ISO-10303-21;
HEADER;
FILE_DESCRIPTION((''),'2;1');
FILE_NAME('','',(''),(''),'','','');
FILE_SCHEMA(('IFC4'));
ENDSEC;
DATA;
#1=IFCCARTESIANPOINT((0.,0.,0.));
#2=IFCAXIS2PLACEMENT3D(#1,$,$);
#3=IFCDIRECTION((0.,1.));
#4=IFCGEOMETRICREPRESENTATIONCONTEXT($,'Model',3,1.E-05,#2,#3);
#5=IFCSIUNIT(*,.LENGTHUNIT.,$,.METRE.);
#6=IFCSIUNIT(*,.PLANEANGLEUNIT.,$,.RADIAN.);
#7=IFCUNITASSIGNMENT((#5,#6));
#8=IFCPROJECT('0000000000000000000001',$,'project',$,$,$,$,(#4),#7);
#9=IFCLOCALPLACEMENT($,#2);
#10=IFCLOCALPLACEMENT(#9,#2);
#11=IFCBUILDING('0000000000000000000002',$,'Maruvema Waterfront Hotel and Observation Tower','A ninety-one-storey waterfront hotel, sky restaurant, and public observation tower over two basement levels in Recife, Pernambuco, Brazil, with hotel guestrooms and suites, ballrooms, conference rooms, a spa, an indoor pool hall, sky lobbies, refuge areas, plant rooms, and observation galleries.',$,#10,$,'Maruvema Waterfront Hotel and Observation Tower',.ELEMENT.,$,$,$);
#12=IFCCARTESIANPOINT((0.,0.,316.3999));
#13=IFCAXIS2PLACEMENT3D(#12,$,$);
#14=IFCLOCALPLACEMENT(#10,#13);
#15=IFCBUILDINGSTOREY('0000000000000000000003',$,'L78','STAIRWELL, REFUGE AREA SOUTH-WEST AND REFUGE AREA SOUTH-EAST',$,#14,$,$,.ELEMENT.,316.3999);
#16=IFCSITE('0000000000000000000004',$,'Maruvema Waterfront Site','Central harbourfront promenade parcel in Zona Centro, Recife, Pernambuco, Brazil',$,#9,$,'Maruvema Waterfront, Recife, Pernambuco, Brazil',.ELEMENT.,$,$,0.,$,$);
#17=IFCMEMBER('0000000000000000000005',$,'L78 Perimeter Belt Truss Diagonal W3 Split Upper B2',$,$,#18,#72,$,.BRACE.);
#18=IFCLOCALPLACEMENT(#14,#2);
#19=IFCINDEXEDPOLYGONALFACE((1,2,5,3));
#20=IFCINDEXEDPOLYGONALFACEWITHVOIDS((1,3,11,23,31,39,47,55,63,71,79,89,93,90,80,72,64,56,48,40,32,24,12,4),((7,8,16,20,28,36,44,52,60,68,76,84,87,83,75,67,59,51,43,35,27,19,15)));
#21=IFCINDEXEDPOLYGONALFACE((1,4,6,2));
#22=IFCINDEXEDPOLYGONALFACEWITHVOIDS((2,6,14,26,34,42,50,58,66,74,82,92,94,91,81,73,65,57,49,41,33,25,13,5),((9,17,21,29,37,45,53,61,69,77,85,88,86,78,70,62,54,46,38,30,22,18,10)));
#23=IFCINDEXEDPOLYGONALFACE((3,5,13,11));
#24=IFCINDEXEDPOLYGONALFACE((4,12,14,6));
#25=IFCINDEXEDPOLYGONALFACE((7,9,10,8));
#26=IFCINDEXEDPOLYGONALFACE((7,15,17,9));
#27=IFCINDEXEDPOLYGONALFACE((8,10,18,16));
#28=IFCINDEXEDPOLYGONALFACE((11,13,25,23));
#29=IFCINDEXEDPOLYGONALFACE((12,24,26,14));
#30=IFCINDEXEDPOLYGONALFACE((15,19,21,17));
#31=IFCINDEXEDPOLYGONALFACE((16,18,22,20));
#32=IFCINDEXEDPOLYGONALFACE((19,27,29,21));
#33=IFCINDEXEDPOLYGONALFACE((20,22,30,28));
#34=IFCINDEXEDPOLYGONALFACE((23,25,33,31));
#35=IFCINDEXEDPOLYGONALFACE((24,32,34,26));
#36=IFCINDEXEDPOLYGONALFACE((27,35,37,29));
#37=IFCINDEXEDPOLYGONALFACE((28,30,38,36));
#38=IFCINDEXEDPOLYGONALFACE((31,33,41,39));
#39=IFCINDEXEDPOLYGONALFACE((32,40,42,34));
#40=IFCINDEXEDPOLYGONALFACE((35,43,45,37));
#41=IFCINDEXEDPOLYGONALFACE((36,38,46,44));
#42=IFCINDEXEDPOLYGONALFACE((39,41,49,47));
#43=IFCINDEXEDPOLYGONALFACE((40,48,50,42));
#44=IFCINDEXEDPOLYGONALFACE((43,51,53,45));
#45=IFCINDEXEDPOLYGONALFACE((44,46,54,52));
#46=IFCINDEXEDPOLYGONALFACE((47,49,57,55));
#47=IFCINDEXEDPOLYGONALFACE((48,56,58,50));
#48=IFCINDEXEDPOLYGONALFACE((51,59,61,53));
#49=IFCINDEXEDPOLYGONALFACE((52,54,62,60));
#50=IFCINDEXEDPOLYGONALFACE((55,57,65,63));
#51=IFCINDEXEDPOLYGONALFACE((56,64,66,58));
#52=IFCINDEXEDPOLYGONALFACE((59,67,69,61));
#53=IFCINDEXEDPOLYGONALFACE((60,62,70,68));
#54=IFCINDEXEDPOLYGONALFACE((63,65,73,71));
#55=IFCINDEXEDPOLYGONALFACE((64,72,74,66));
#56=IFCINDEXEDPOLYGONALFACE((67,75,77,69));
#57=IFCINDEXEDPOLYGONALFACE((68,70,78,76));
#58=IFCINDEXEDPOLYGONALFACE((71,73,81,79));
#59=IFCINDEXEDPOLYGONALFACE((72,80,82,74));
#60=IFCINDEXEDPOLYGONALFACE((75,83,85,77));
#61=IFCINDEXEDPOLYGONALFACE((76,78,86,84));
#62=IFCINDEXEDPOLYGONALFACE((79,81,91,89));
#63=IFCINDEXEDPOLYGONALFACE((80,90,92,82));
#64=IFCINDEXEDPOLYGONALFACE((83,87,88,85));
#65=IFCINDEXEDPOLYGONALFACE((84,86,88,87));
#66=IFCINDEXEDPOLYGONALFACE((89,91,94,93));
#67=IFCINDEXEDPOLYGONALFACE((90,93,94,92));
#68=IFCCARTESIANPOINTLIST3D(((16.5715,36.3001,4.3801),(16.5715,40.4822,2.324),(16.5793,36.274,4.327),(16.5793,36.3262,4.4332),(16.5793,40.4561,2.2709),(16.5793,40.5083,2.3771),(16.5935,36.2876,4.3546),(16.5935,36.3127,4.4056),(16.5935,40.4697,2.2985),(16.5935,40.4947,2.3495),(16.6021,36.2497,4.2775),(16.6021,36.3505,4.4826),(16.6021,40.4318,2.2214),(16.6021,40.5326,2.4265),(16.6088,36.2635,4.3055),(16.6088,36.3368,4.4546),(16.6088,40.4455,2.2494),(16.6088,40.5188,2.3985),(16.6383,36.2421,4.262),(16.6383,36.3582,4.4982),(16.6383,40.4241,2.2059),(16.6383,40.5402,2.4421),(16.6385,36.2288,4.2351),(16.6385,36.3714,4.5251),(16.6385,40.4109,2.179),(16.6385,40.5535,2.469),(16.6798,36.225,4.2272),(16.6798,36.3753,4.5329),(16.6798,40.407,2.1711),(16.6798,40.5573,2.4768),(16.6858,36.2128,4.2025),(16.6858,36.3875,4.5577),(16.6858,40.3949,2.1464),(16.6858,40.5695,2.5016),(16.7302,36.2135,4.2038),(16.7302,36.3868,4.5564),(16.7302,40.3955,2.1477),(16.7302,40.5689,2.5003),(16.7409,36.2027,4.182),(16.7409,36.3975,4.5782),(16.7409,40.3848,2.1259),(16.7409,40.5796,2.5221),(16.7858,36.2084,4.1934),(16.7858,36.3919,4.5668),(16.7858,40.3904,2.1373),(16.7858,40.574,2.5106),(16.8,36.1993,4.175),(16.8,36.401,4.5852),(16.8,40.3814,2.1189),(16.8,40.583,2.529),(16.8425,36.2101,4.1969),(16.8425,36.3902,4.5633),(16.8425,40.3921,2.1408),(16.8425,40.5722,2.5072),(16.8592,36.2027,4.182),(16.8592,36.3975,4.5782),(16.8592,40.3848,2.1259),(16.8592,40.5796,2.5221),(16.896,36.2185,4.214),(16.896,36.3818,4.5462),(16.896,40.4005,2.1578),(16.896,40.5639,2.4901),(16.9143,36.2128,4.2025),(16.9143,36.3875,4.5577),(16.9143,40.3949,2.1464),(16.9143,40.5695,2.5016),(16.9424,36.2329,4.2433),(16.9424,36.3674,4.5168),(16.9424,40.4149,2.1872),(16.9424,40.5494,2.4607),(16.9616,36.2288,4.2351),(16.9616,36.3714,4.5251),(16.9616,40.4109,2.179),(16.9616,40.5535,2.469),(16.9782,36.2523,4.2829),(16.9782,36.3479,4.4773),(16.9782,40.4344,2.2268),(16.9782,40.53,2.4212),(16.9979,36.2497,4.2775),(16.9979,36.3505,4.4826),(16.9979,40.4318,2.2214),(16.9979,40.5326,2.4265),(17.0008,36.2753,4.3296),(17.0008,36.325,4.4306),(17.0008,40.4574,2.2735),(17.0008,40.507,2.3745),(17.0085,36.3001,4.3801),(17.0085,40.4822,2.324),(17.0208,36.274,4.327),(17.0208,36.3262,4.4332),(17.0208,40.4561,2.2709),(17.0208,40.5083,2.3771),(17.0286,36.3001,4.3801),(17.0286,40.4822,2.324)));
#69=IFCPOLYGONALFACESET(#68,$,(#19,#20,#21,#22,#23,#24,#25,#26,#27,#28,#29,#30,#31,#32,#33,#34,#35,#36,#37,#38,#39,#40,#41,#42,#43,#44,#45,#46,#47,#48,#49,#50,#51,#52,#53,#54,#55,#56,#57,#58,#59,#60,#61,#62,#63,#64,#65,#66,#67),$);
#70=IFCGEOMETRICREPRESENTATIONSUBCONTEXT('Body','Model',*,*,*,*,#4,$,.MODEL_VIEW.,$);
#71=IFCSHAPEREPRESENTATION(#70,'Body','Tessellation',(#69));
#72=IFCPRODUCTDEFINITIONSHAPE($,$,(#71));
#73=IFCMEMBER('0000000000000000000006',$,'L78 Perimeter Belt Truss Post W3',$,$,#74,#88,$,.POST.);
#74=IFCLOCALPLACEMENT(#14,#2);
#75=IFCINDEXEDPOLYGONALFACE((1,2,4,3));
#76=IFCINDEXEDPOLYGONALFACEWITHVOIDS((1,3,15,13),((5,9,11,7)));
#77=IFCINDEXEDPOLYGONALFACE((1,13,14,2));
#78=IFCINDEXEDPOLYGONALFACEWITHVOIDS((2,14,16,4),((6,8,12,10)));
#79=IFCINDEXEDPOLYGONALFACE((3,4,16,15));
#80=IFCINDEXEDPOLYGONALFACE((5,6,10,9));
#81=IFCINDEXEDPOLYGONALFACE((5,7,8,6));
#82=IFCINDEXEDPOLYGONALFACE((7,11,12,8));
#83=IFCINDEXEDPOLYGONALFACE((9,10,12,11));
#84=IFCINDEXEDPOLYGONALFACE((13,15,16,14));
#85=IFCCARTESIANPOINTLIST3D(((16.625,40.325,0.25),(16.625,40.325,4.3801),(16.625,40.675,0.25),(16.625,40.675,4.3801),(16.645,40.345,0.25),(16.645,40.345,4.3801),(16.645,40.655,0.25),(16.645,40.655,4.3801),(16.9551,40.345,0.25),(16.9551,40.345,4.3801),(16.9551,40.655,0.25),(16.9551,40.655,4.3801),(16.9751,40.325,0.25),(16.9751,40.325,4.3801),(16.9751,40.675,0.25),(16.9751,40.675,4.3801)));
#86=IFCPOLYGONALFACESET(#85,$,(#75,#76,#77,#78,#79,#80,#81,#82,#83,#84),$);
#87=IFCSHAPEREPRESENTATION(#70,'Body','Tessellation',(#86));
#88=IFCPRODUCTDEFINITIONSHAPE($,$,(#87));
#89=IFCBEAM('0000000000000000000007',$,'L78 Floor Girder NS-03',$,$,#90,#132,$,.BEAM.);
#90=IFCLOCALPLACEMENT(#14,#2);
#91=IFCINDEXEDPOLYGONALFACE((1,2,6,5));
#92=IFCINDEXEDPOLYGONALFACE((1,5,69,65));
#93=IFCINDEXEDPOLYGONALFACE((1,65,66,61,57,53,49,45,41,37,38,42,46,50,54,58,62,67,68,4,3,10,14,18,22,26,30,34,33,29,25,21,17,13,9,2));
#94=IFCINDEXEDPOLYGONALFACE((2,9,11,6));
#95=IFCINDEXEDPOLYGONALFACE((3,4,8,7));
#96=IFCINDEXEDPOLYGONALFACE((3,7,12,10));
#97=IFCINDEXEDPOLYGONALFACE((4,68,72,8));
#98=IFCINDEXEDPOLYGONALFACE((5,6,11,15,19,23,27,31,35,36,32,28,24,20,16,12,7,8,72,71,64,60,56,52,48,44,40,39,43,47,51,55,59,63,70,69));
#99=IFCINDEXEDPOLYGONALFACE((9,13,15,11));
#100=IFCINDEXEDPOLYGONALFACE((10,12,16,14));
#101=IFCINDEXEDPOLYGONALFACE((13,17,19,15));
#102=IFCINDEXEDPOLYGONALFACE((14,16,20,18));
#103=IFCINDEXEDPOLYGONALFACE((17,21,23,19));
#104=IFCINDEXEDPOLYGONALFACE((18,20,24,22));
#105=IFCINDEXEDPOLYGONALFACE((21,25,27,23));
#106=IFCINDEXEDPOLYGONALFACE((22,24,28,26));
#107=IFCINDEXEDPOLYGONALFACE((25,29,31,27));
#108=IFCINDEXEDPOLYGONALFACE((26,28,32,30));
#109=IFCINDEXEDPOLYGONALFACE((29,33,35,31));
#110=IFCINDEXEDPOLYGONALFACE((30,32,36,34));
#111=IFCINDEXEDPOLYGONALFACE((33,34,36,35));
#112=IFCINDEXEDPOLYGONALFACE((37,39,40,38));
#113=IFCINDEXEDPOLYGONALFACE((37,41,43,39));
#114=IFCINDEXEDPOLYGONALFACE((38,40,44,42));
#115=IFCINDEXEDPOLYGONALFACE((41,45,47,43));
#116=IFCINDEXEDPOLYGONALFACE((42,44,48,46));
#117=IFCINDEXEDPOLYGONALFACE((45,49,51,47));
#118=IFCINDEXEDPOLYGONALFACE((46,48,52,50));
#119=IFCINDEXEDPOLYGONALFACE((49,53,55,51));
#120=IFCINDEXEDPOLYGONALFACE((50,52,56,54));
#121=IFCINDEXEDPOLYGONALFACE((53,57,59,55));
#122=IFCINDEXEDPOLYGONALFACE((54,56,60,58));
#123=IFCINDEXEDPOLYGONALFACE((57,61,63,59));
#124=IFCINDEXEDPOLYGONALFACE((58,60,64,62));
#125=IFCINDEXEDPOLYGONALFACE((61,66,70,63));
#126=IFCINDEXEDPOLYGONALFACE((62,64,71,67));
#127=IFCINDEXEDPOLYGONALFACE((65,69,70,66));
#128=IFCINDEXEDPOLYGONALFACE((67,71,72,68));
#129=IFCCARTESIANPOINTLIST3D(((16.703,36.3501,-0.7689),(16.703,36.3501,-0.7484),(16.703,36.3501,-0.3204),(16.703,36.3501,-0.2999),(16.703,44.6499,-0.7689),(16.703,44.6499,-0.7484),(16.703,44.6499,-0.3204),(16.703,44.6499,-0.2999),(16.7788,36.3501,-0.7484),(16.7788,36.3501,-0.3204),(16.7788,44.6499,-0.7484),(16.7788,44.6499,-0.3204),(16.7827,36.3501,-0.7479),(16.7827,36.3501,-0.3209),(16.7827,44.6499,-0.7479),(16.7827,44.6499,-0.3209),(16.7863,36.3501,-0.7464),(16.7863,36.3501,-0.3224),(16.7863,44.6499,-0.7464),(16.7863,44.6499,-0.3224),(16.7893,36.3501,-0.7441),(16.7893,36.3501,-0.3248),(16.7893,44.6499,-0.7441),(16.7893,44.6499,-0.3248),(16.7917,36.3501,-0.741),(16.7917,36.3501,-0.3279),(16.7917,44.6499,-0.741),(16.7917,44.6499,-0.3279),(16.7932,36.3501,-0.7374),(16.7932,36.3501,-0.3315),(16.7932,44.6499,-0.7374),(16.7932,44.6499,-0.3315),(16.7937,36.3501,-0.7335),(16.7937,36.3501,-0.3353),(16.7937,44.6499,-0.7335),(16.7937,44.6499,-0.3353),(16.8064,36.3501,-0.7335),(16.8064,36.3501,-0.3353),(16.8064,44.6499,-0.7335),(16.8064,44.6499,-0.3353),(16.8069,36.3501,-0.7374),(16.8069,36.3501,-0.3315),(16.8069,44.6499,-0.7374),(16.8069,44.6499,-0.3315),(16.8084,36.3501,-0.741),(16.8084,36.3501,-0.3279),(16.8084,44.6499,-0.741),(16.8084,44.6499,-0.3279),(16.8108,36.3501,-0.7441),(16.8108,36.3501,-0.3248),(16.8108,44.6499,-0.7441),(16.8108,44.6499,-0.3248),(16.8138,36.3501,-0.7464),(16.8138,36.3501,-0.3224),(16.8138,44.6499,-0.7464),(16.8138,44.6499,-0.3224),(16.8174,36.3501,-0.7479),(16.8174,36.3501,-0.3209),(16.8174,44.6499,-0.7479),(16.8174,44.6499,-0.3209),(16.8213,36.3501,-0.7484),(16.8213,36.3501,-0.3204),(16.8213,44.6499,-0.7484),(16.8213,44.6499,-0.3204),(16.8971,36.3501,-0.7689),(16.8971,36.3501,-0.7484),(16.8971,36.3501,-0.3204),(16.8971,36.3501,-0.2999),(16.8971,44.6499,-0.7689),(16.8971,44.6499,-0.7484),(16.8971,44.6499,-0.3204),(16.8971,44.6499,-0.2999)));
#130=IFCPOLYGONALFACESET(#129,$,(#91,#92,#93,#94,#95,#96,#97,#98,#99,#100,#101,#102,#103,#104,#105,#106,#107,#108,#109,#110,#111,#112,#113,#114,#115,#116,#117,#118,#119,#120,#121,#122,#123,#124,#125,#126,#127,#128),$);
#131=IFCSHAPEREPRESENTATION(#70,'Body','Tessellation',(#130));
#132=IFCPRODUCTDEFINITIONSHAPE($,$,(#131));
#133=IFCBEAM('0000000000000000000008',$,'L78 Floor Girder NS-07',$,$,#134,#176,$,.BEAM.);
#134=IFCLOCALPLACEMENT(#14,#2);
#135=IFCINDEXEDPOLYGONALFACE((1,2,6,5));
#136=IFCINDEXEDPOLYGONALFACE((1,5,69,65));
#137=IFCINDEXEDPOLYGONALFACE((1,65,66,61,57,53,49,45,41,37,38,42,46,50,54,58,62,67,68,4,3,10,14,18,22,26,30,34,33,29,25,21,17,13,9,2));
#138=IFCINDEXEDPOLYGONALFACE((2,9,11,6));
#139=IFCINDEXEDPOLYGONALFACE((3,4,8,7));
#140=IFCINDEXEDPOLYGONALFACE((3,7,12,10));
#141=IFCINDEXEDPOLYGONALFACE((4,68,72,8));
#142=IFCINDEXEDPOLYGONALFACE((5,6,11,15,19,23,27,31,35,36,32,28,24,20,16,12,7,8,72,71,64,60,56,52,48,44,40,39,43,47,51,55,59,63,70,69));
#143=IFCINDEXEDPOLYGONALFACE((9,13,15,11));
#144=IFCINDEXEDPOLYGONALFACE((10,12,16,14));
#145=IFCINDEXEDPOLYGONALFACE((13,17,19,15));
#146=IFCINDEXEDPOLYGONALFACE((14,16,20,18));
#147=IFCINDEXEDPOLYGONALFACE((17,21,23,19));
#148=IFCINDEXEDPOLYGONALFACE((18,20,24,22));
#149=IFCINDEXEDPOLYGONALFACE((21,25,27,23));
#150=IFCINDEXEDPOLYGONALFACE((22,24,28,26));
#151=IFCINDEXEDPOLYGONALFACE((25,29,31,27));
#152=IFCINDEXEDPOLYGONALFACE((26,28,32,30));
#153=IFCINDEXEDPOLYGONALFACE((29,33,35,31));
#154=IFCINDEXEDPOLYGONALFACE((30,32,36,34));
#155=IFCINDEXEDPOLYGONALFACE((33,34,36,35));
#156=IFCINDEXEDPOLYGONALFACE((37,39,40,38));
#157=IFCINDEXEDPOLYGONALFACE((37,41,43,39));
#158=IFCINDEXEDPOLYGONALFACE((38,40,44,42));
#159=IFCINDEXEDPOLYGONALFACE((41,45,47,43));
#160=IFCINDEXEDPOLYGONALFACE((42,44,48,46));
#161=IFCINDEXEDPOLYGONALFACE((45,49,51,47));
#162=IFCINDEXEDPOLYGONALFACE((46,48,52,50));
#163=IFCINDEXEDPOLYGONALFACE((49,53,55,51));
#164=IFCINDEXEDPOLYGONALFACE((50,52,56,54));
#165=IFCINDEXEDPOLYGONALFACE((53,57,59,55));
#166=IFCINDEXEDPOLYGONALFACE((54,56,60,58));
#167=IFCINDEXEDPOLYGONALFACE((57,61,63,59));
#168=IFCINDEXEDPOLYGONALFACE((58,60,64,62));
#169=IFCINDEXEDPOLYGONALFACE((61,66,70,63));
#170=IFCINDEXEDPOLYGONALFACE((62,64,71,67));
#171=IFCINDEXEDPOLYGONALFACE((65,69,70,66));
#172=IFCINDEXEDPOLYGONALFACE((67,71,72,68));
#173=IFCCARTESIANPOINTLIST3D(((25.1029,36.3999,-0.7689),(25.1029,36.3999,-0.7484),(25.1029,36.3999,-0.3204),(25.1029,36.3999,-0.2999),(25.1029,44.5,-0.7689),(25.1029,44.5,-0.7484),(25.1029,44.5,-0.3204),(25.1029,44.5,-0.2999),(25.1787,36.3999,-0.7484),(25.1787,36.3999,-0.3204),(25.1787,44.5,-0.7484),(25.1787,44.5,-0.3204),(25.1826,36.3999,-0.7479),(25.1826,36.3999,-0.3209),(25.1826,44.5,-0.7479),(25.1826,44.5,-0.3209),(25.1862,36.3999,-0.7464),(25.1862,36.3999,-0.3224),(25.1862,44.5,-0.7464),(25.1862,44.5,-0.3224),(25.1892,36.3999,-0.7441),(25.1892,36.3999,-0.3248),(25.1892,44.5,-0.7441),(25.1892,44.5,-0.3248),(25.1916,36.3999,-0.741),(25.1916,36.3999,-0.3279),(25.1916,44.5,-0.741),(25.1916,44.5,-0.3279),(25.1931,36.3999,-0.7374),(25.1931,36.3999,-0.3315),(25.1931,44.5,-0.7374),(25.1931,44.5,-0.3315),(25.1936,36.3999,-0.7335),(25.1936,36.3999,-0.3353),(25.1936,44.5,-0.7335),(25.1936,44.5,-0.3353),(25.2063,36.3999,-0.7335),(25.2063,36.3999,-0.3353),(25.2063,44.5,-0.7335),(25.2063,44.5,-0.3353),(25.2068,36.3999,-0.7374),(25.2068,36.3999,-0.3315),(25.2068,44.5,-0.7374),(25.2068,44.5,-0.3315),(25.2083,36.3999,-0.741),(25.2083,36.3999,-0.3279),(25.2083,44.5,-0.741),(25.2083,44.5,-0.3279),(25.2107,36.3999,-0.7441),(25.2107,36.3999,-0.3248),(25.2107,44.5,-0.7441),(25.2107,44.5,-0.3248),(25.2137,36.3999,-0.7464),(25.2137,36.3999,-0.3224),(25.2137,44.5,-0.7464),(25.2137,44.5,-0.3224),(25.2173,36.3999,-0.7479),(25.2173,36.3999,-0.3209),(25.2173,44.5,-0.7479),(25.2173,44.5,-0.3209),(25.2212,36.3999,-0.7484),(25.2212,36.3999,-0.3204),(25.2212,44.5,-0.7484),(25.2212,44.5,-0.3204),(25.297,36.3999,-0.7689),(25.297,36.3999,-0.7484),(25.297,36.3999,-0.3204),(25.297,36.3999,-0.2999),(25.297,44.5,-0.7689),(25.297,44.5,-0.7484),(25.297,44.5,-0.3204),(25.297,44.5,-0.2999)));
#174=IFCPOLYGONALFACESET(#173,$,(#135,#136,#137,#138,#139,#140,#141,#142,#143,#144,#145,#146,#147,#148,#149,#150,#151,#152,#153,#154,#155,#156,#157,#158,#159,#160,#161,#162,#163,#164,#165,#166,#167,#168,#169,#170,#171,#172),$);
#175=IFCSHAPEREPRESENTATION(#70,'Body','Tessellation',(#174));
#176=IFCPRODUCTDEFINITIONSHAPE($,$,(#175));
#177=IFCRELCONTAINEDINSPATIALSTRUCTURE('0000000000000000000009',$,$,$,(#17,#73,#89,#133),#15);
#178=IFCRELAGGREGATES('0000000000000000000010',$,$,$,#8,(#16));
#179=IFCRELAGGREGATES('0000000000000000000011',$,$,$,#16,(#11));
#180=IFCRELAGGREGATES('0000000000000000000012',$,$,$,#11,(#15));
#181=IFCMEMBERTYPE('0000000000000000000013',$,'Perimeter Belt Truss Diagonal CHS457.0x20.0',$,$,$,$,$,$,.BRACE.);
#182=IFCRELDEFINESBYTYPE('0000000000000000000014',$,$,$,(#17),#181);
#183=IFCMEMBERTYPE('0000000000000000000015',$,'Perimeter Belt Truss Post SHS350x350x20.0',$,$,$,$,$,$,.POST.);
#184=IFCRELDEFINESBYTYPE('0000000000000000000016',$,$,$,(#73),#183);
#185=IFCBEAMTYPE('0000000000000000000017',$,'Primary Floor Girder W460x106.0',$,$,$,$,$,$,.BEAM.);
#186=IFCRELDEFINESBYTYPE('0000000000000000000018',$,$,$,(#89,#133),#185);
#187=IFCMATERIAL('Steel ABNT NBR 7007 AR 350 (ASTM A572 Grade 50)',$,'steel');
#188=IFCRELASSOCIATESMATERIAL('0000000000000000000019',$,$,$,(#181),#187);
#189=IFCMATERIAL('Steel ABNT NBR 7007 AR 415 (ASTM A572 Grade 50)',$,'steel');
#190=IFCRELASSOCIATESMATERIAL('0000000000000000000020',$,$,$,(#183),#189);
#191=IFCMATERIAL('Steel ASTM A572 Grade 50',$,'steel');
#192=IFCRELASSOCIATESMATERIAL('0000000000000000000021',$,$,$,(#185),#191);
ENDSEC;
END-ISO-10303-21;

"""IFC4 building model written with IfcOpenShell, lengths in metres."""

from ifc_helpers import new_model, si_unit, direction, frame, origin, origin_2d, place, context, subcontext, project, spatial, hollow_rectangle, hollow_circle, i_section, extrude, material, material_profile, profile_set, type_object, element, save


model = new_model("IFC4")

# Units and contexts
model_context = context("Model", 3, precision=1e-05, world=origin(), true_north=direction((0.0, 1.0)))
body_context = subcontext(model_context, "Body", "Model", "MODEL_VIEW")
ifc_project = project(units=[si_unit("LENGTHUNIT", "METRE"), si_unit("PLANEANGLEUNIT", "RADIAN")], contexts=[model_context])

# Site, building, storey
site_placement = place(None, origin())
site = spatial("IfcSite", under=ifc_project, at=site_placement, Name="Maruvema Waterfront Site", Description="Central harbourfront promenade parcel in Zona Centro, Recife, Pernambuco, Brazil", LongName="Maruvema Waterfront, Recife, Pernambuco, Brazil", CompositionType="ELEMENT", RefElevation=0.0)
building_placement = place(site_placement, origin())
building = spatial("IfcBuilding", under=site, at=building_placement, Name="Maruvema Waterfront Hotel and Observation Tower", Description="A ninety-one-storey waterfront hotel, sky restaurant, and public observation tower over two basement levels in Recife, Pernambuco, Brazil, with hotel guestrooms and suites, ballrooms, conference rooms, a spa, an indoor pool hall, sky lobbies, refuge areas, plant rooms, and observation galleries.", LongName="Maruvema Waterfront Hotel and Observation Tower", CompositionType="ELEMENT")
storey_placement = place(building_placement, frame((0.0, 0.0, 316.3999)))
storey = spatial("IfcBuildingStorey", under=building, at=storey_placement, Name="L78", Description="STAIRWELL, REFUGE AREA SOUTH-WEST AND REFUGE AREA SOUTH-EAST", CompositionType="ELEMENT", Elevation=316.3999)

# Members
ifc_material_1 = material(Name="Steel ABNT NBR 7007 AR 350 (ASTM A572 Grade 50)", Category="steel")
ifc_material_profile_1 = material_profile(ifc_material_1, hollow_circle(Radius=0.2285, WallThickness=0.02, at=origin_2d()), Name="CHS457.0x20.0")
ifc_profile_set_1 = profile_set([ifc_material_profile_1], Name="Steel ABNT NBR 7007 AR 350 (ASTM A572 Grade 50)")
member_type_1 = type_object("IfcMemberType", Name="Perimeter Belt Truss Diagonal CHS457.0x20.0", PredefinedType="BRACE", material=ifc_profile_set_1)
member_1_placement = place(storey_placement, frame((16.8, 40.4822, 2.324), z_axis=(0.0, -0.897404, 0.44121), x_axis=(1.0, 0.0, 0.0)))
element("IfcMember", 1, at=member_1_placement, inside=storey, type_object=member_type_1, Name="L78 Perimeter Belt Truss Diagonal W3 Split Upper B2", PredefinedType="BRACE", context=body_context, shape_type="SweptSolid", body=[
    extrude(hollow_circle(Radius=0.2285, WallThickness=0.02, at=origin_2d()), origin(), (0.0, 0.0, 1.0), 4.6602),
])
ifc_material_2 = material(Name="Steel ABNT NBR 7007 AR 415 (ASTM A572 Grade 50)", Category="steel")
ifc_material_profile_2 = material_profile(ifc_material_2, hollow_rectangle(XDim=0.3501, YDim=0.3501, WallThickness=0.02, at=origin_2d()), Name="SHS350x350x20.0")
ifc_profile_set_2 = profile_set([ifc_material_profile_2], Name="Steel ABNT NBR 7007 AR 415 (ASTM A572 Grade 50)")
member_type_2 = type_object("IfcMemberType", Name="Perimeter Belt Truss Post SHS350x350x20.0", PredefinedType="POST", material=ifc_profile_set_2)
member_2_placement = place(storey_placement, frame((16.8, 40.5, 0.25), z_axis=(0.0, 0.0, 1.0), x_axis=(1.0, 0.0, 0.0)))
element("IfcMember", 2, at=member_2_placement, inside=storey, type_object=member_type_2, Name="L78 Perimeter Belt Truss Post W3", PredefinedType="POST", context=body_context, shape_type="SweptSolid", body=[
    extrude(hollow_rectangle(XDim=0.3501, YDim=0.3501, WallThickness=0.02, at=origin_2d()), origin(), (0.0, 0.0, 1.0), 4.1301),
])

# Beams
ifc_material_3 = material(Name="Steel ASTM A572 Grade 50", Category="steel")
ifc_material_profile_3 = material_profile(ifc_material_3, i_section(OverallWidth=0.1941, OverallDepth=0.469, WebThickness=0.0127, FlangeThickness=0.0205, FilletRadius=0.0149, at=origin_2d()), Name="W460x106.0")
ifc_profile_set_3 = profile_set([ifc_material_profile_3], Name="Steel ASTM A572 Grade 50")
beam_type_1 = type_object("IfcBeamType", Name="Primary Floor Girder W460x106.0", PredefinedType="BEAM", material=ifc_profile_set_3)
beam_1_placement = place(storey_placement, frame((16.8, 36.3501, -0.5344), z_axis=(0.0, 1.0, 0.0), x_axis=(-1.0, 0.0, 0.0)))
element("IfcBeam", 3, at=beam_1_placement, inside=storey, type_object=beam_type_1, Name="L78 Floor Girder NS-03", PredefinedType="BEAM", context=body_context, shape_type="SweptSolid", body=[
    extrude(i_section(OverallWidth=0.1941, OverallDepth=0.469, WebThickness=0.0127, FlangeThickness=0.0205, FilletRadius=0.0149, at=origin_2d()), origin(), (0.0, 0.0, 1.0), 8.2998),
])
beam_2_placement = place(storey_placement, frame((25.2, 36.3999, -0.5344), z_axis=(0.0, 1.0, 0.0), x_axis=(-1.0, 0.0, 0.0)))
element("IfcBeam", 4, at=beam_2_placement, inside=storey, type_object=beam_type_1, Name="L78 Floor Girder NS-07", PredefinedType="BEAM", context=body_context, shape_type="SweptSolid", body=[
    extrude(i_section(OverallWidth=0.1941, OverallDepth=0.469, WebThickness=0.0127, FlangeThickness=0.0205, FilletRadius=0.0149, at=origin_2d()), origin(), (0.0, 0.0, 1.0), 8.1001),
])

save(model, "model.ifc")
